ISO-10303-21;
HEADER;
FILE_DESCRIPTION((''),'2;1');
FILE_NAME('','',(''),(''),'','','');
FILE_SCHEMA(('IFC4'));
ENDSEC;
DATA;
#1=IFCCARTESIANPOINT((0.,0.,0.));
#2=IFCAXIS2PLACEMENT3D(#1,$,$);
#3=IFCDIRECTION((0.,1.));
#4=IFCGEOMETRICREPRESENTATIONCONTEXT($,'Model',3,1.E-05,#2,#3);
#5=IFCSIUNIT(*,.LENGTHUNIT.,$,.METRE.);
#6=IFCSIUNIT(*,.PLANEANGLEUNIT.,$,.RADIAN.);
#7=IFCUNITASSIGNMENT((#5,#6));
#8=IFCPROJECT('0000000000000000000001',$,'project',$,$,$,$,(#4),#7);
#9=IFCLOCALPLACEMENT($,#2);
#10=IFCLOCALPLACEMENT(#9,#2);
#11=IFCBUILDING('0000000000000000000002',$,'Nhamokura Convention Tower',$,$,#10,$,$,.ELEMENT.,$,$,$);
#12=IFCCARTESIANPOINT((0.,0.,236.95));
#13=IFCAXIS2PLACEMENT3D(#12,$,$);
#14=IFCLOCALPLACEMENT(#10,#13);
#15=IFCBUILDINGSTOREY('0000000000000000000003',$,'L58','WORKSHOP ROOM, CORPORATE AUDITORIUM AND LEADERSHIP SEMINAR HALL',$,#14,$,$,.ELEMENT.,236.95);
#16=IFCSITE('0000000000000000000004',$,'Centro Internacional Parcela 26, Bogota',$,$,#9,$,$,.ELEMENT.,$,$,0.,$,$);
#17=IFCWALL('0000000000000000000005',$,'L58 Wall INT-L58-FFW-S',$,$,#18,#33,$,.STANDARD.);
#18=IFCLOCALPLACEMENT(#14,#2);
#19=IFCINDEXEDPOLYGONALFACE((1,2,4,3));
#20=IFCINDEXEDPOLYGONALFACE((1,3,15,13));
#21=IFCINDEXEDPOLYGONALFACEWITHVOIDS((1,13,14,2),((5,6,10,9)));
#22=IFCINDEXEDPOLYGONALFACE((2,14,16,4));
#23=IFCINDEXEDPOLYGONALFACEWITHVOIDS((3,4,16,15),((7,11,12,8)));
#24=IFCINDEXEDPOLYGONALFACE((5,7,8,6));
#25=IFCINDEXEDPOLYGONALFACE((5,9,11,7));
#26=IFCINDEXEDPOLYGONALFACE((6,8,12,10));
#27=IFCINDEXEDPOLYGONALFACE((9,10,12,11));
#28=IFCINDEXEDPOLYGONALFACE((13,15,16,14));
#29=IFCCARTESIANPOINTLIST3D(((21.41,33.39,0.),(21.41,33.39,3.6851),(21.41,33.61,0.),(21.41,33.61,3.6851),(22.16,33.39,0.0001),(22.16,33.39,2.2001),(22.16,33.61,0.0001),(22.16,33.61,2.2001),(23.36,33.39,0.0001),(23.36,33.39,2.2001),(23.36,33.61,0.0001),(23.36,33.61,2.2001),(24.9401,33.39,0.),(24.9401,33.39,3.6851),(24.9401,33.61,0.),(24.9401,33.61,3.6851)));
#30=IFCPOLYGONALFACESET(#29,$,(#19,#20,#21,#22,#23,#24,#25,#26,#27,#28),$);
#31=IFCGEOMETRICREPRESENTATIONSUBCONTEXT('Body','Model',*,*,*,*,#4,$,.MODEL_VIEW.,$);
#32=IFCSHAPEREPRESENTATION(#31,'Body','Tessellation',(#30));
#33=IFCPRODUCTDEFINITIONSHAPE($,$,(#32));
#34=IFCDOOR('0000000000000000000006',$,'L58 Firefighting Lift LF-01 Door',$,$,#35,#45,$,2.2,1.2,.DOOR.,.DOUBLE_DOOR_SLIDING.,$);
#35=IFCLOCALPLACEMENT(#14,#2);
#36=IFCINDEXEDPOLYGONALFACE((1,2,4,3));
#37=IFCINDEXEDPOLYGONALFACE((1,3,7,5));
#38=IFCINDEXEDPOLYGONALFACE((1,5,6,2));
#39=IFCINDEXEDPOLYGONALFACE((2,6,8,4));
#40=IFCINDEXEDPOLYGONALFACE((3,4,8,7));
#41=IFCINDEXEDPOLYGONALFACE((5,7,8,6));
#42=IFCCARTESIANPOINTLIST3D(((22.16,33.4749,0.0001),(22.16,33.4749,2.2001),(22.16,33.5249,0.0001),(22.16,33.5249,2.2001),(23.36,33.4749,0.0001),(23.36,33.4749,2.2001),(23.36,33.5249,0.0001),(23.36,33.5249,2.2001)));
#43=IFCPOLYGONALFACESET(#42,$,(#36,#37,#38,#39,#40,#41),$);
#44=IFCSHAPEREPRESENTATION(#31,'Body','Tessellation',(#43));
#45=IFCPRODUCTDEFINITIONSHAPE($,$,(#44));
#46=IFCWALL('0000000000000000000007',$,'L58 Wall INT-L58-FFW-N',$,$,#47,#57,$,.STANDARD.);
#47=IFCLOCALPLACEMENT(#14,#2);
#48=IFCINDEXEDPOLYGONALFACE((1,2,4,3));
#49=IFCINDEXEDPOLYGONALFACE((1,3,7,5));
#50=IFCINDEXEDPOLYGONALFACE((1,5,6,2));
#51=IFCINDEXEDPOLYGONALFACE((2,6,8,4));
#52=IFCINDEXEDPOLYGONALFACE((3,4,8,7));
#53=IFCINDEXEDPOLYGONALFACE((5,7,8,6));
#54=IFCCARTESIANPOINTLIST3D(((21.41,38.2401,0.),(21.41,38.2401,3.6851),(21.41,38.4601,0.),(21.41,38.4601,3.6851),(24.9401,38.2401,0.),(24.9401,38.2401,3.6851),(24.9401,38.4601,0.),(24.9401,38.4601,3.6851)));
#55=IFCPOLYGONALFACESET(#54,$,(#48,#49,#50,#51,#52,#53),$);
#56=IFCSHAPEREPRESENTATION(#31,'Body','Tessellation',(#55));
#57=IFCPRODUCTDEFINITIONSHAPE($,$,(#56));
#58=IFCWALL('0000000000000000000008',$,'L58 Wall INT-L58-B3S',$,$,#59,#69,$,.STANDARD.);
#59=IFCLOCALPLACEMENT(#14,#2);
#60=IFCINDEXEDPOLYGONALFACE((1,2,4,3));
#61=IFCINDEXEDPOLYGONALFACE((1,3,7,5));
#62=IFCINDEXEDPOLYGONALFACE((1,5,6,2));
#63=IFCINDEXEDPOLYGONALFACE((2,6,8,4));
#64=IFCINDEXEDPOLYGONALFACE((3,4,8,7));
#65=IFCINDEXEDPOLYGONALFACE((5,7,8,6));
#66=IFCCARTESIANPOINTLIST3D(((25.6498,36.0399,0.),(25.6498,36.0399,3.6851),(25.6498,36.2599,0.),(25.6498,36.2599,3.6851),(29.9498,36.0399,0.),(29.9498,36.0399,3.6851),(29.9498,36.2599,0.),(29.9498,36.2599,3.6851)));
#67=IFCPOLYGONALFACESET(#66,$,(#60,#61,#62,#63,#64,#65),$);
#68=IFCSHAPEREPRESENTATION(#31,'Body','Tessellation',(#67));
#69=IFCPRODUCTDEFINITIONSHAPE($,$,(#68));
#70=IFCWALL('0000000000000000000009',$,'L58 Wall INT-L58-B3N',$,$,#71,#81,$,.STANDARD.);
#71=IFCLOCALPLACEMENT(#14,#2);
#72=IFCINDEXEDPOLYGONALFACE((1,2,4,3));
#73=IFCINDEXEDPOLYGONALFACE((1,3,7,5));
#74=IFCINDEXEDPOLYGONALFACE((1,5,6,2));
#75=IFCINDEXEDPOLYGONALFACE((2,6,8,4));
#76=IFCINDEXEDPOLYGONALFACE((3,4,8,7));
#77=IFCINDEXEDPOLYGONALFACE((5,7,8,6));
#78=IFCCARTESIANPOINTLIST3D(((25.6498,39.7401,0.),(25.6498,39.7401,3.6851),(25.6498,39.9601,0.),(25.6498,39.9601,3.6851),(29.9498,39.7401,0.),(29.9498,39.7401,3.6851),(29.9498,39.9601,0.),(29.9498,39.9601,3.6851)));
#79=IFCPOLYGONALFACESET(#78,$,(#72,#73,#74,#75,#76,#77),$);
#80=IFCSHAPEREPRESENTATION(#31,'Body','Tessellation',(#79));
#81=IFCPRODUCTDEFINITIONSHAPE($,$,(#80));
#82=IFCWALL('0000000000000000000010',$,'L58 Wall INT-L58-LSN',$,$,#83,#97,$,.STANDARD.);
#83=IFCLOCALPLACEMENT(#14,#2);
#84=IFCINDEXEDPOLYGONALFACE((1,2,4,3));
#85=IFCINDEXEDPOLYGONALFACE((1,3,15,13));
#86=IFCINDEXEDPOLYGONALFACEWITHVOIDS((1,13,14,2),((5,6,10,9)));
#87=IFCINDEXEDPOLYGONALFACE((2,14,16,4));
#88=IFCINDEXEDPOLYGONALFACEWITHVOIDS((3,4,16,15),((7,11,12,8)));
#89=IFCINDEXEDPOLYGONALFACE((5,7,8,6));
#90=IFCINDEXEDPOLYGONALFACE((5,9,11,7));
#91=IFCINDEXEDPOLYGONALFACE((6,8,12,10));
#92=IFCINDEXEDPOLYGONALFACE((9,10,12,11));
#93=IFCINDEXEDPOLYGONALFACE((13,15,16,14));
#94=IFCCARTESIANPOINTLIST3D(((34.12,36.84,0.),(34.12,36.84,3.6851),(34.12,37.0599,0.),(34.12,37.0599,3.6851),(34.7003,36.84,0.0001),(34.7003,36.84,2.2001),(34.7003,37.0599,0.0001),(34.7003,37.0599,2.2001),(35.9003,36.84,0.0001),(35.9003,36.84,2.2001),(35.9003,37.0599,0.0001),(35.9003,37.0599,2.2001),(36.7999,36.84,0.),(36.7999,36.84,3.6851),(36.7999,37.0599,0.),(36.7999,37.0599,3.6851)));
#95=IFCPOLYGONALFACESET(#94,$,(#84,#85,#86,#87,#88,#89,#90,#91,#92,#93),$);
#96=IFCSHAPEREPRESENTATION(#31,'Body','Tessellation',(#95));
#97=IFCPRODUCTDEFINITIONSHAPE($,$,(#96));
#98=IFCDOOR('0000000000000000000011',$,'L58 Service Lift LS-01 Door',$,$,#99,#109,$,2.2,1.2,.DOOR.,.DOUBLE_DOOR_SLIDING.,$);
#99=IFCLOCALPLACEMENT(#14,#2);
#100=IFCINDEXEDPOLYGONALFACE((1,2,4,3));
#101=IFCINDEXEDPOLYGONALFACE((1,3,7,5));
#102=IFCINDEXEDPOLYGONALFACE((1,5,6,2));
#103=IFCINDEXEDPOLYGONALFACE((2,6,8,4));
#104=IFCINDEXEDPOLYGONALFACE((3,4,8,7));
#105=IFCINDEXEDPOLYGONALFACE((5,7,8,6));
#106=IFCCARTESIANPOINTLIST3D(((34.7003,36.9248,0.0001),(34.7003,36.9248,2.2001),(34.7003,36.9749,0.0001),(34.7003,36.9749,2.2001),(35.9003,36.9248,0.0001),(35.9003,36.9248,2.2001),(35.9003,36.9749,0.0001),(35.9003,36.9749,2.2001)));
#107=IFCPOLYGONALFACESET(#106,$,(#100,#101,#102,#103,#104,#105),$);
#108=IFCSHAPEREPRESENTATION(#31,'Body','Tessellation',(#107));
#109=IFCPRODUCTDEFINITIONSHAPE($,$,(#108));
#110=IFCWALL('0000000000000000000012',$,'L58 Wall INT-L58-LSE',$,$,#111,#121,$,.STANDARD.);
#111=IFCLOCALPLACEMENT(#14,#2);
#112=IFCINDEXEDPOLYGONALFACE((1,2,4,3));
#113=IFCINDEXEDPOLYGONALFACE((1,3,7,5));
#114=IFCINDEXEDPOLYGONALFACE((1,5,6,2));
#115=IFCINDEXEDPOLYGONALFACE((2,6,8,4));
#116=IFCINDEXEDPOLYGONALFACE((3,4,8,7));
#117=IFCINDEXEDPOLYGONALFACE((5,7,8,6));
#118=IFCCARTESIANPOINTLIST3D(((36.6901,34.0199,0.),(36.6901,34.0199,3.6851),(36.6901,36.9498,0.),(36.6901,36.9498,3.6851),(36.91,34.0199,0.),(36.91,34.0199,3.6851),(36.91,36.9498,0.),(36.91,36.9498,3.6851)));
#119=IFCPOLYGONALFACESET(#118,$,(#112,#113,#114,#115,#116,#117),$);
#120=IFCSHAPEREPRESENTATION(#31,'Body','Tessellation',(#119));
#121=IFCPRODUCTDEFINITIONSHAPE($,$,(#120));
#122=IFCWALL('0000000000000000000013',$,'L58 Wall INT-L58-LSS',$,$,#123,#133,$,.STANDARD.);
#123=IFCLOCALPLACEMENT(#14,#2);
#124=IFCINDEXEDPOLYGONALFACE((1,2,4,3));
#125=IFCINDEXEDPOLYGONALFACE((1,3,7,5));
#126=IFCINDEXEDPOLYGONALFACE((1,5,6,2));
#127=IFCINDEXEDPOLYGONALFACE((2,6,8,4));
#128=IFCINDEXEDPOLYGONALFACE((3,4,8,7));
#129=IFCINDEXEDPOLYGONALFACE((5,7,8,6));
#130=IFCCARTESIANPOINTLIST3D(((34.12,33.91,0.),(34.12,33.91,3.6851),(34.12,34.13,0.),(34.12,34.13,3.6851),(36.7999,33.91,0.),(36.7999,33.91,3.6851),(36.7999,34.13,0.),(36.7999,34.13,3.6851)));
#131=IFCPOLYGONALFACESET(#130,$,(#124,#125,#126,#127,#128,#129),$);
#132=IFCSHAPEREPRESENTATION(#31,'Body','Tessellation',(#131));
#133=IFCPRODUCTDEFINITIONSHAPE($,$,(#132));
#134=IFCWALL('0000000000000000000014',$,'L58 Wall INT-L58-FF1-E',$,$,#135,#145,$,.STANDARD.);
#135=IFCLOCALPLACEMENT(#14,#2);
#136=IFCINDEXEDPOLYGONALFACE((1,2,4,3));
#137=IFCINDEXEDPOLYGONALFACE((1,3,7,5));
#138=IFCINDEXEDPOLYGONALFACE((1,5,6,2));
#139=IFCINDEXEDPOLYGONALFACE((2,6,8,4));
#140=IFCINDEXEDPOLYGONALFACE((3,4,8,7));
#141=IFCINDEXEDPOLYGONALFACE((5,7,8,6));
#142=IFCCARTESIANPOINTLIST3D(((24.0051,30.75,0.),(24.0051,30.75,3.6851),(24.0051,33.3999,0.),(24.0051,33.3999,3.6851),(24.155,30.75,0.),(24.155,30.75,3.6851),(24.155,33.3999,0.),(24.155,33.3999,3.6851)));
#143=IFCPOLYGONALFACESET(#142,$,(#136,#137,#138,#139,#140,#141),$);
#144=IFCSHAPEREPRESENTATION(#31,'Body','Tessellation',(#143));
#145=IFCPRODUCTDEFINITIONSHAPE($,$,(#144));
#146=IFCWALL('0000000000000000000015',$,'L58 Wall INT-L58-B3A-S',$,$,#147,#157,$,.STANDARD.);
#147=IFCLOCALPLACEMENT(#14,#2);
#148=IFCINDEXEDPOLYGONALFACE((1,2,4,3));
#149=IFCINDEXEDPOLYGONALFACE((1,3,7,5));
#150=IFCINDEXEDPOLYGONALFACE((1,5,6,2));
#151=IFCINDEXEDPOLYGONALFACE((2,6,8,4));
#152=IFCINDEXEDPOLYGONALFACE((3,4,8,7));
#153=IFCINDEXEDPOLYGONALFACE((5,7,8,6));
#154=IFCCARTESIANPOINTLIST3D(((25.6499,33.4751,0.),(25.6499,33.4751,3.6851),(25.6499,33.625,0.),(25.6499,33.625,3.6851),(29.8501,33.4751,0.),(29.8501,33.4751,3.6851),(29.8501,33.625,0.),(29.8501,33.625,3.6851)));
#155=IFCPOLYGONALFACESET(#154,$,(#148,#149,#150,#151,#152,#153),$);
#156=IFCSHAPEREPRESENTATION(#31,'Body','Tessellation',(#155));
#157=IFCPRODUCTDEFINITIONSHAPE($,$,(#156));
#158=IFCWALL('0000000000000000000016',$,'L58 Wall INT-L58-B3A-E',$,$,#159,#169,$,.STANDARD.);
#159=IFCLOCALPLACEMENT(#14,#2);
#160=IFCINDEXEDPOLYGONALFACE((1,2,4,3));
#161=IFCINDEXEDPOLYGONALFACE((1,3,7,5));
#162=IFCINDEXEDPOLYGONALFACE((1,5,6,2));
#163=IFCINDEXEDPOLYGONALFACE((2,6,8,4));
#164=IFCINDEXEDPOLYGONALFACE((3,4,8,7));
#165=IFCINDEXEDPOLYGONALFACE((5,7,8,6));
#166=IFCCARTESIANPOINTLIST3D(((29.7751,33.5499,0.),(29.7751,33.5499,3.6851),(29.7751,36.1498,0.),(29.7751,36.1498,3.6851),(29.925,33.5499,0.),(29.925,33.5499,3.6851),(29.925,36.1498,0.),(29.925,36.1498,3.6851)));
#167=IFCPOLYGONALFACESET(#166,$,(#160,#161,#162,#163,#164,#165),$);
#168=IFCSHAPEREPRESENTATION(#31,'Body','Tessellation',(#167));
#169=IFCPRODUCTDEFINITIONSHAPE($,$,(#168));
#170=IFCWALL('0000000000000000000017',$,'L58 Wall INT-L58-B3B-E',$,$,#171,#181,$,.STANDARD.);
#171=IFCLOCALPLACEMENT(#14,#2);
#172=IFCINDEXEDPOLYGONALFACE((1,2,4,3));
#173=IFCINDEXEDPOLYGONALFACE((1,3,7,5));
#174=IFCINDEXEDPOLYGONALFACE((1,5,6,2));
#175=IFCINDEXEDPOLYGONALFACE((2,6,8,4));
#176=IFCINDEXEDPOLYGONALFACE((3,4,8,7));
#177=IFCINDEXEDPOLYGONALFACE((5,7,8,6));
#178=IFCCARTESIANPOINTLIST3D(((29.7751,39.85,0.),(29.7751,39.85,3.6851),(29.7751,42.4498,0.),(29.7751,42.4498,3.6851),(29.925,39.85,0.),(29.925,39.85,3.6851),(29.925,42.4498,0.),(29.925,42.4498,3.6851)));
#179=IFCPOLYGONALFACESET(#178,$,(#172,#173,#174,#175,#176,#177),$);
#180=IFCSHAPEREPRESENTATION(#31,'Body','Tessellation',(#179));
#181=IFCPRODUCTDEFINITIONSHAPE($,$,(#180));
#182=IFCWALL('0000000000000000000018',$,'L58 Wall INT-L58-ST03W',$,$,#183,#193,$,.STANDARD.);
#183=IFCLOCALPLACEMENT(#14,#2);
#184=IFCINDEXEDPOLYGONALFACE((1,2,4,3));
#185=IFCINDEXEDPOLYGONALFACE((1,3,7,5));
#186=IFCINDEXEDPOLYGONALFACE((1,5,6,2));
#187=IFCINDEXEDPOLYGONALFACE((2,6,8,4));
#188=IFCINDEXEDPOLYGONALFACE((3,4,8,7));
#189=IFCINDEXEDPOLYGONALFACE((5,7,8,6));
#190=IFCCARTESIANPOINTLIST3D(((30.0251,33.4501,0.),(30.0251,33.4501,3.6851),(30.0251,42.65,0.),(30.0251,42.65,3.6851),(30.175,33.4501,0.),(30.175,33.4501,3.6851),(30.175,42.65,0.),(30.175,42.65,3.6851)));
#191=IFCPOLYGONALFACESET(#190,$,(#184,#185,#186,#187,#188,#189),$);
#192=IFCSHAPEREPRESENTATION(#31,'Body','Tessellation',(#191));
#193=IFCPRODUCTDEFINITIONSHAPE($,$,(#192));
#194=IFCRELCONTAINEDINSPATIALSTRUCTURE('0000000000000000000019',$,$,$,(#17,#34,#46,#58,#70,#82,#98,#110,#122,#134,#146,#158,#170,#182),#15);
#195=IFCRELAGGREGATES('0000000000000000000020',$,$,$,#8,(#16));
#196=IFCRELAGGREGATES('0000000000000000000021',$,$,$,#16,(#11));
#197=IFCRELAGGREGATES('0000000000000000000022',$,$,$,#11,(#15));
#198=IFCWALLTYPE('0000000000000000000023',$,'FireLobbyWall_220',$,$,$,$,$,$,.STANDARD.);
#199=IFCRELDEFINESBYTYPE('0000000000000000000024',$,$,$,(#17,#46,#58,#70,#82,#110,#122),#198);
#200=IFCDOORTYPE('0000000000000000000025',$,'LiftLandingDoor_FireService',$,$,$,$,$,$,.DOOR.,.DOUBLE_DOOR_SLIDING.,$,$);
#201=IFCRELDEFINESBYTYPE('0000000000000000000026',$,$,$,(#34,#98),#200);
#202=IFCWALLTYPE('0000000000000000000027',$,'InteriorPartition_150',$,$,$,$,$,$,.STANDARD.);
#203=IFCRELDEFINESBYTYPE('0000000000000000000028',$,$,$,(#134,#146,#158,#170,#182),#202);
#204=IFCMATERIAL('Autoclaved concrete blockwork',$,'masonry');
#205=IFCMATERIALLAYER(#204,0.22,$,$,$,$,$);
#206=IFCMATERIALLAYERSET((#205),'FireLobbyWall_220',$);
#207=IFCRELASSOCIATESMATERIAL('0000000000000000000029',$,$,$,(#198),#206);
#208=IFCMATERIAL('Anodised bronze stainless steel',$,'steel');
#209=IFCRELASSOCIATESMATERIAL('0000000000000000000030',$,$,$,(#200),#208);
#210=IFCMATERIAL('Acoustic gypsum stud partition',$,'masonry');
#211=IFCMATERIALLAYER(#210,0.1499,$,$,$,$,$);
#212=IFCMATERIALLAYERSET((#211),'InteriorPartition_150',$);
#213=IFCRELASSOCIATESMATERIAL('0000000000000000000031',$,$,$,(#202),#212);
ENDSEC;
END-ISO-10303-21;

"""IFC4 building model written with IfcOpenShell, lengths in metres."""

from ifc_helpers import new_model, si_unit, direction, frame, frame_2d, origin, place, context, subcontext, project, spatial, rectangle, extrude, material, layer, layer_set, type_object, element, fill, save


model = new_model("IFC4")

# Units and contexts
model_context = context("Model", 3, precision=1e-05, world=origin(), true_north=direction((0.0, 1.0)))
body_context = subcontext(model_context, "Body", "Model", "MODEL_VIEW")
ifc_project = project(units=[si_unit("LENGTHUNIT", "METRE"), si_unit("PLANEANGLEUNIT", "RADIAN")], contexts=[model_context])

# Site, building, storey
site_placement = place(None, origin())
site = spatial("IfcSite", under=ifc_project, at=site_placement, Name="Centro Internacional Parcela 26, Bogota", CompositionType="ELEMENT", RefElevation=0.0)
building_placement = place(site_placement, origin())
building = spatial("IfcBuilding", under=site, at=building_placement, Name="Nhamokura Convention Tower", CompositionType="ELEMENT")
storey_placement = place(building_placement, frame((0.0, 0.0, 236.95)))
storey = spatial("IfcBuildingStorey", under=building, at=storey_placement, Name="L58", Description="WORKSHOP ROOM, CORPORATE AUDITORIUM AND LEADERSHIP SEMINAR HALL", CompositionType="ELEMENT", Elevation=236.95)

# Wall, opening, door
ifc_material_1 = material(Name="Autoclaved concrete blockwork", Category="masonry")
ifc_layer_1 = layer(ifc_material_1, 0.22)
ifc_layer_set_1 = layer_set([ifc_layer_1], Name="FireLobbyWall_220")
wall_type_1 = type_object("IfcWallType", Name="FireLobbyWall_220", PredefinedType="STANDARD", material=ifc_layer_set_1)
wall_1_placement = place(storey_placement, frame((21.4099, 33.5, 0.0), z_axis=(0.0, 0.0, 1.0), x_axis=(1.0, 0.0, 0.0)))
wall_1 = element("IfcWall", 1, at=wall_1_placement, inside=storey, type_object=wall_type_1, Name="L58 Wall INT-L58-FFW-S", PredefinedType="STANDARD", context=body_context, shape_type="SweptSolid", body=[
    extrude(rectangle(XDim=3.53, YDim=0.22, at=frame_2d((1.7651, 0.0))), origin(), (0.0, 0.0, 1.0), 3.6851),
])
opening_1_placement = place(wall_1_placement, frame((0.75, 0.0, 0.0)))
opening_1 = element("IfcOpeningElement", 2, at=opening_1_placement, cuts=wall_1, PredefinedType="OPENING", context=body_context, shape_type="SweptSolid", body=[
    extrude(rectangle(XDim=1.2, YDim=2.2, at=frame_2d((0.6001, 1.1001))), frame((0.0, 0.1199, 0.0), z_axis=(0.0, -1.0, 0.0), x_axis=(1.0, 0.0, 0.0)), (0.0, 0.0, 1.0), 0.24),
])
ifc_material_2 = material(Name="Anodised bronze stainless steel", Category="steel")
door_type_1 = type_object("IfcDoorType", Name="LiftLandingDoor_FireService", OperationType="DOUBLE_DOOR_SLIDING", PredefinedType="DOOR", material=ifc_material_2)
door_1_placement = place(opening_1_placement, origin())
door_1 = element("IfcDoor", 3, at=door_1_placement, inside=storey, type_object=door_type_1, Name="L58 Firefighting Lift LF-01 Door", OperationType="DOUBLE_DOOR_SLIDING", OverallHeight=2.2, OverallWidth=1.2, PredefinedType="DOOR", context=body_context, shape_type="SweptSolid", body=[
    extrude(rectangle(XDim=1.2, YDim=2.2, at=frame_2d((0.6001, 1.1001))), frame((0.0, 0.0249, 0.0), z_axis=(0.0, -1.0, 0.0), x_axis=(1.0, 0.0, 0.0)), (0.0, 0.0, 1.0), 0.05),
])
fill(opening_1, door_1)

# Walls
wall_2_placement = place(storey_placement, frame((21.4099, 38.3501, 0.0), z_axis=(0.0, 0.0, 1.0), x_axis=(1.0, 0.0, 0.0)))
element("IfcWall", 4, at=wall_2_placement, inside=storey, type_object=wall_type_1, Name="L58 Wall INT-L58-FFW-N", PredefinedType="STANDARD", context=body_context, shape_type="SweptSolid", body=[
    extrude(rectangle(XDim=3.53, YDim=0.22, at=frame_2d((1.7651, 0.0))), origin(), (0.0, 0.0, 1.0), 3.6851),
])
for number, where, z_axis, x_axis, name in (
    (5, (25.6499, 36.1499, 0.0), (0.0, 0.0, 1.0), (1.0, 0.0, 0.0), "L58 Wall INT-L58-B3S"),
    (6, (25.6499, 39.8501, 0.0), (0.0, 0.0, 1.0), (1.0, 0.0, 0.0), "L58 Wall INT-L58-B3N"),
):
    element("IfcWall", number, at=place(storey_placement, frame(where, z_axis=z_axis, x_axis=x_axis)), inside=storey, type_object=wall_type_1, Name=name, PredefinedType="STANDARD", context=body_context, shape_type="SweptSolid", body=[
        extrude(rectangle(XDim=4.3, YDim=0.22, at=frame_2d((2.1499, 0.0))), origin(), (0.0, 0.0, 1.0), 3.6851),
    ])

# Wall, opening, door
wall_3_placement = place(storey_placement, frame((34.1201, 36.95, 0.0), z_axis=(0.0, 0.0, 1.0), x_axis=(1.0, 0.0, 0.0)))
wall_3 = element("IfcWall", 7, at=wall_3_placement, inside=storey, type_object=wall_type_1, Name="L58 Wall INT-L58-LSN", PredefinedType="STANDARD", context=body_context, shape_type="SweptSolid", body=[
    extrude(rectangle(XDim=2.6799, YDim=0.22, at=frame_2d((1.3398, 0.0))), origin(), (0.0, 0.0, 1.0), 3.6851),
])
opening_2_placement = place(wall_3_placement, frame((0.5801, 0.0, 0.0)))
opening_2 = element("IfcOpeningElement", 8, at=opening_2_placement, cuts=wall_3, PredefinedType="OPENING", context=body_context, shape_type="SweptSolid", body=[
    extrude(rectangle(XDim=1.2, YDim=2.2, at=frame_2d((0.6001, 1.1001))), frame((0.0, 0.1199, 0.0), z_axis=(0.0, -1.0, 0.0), x_axis=(1.0, 0.0, 0.0)), (0.0, 0.0, 1.0), 0.24),
])
door_2_placement = place(opening_2_placement, origin())
door_2 = element("IfcDoor", 9, at=door_2_placement, inside=storey, type_object=door_type_1, Name="L58 Service Lift LS-01 Door", OperationType="DOUBLE_DOOR_SLIDING", OverallHeight=2.2, OverallWidth=1.2, PredefinedType="DOOR", context=body_context, shape_type="SweptSolid", body=[
    extrude(rectangle(XDim=1.2, YDim=2.2, at=frame_2d((0.6001, 1.1001))), frame((0.0, 0.0249, 0.0), z_axis=(0.0, -1.0, 0.0), x_axis=(1.0, 0.0, 0.0)), (0.0, 0.0, 1.0), 0.05),
])
fill(opening_2, door_2)

# Walls
wall_4_placement = place(storey_placement, frame((36.8, 34.02, 0.0), z_axis=(0.0, 0.0, 1.0), x_axis=(0.0, 1.0, 0.0)))
element("IfcWall", 10, at=wall_4_placement, inside=storey, type_object=wall_type_1, Name="L58 Wall INT-L58-LSE", PredefinedType="STANDARD", context=body_context, shape_type="SweptSolid", body=[
    extrude(rectangle(XDim=2.9299, YDim=0.22, at=frame_2d((1.4648, 0.0))), origin(), (0.0, 0.0, 1.0), 3.6851),
])
wall_5_placement = place(storey_placement, frame((34.1201, 34.02, 0.0), z_axis=(0.0, 0.0, 1.0), x_axis=(1.0, 0.0, 0.0)))
element("IfcWall", 11, at=wall_5_placement, inside=storey, type_object=wall_type_1, Name="L58 Wall INT-L58-LSS", PredefinedType="STANDARD", context=body_context, shape_type="SweptSolid", body=[
    extrude(rectangle(XDim=2.6799, YDim=0.22, at=frame_2d((1.3398, 0.0))), origin(), (0.0, 0.0, 1.0), 3.6851),
])
ifc_material_3 = material(Name="Acoustic gypsum stud partition", Category="masonry")
ifc_layer_2 = layer(ifc_material_3, 0.1499)
ifc_layer_set_2 = layer_set([ifc_layer_2], Name="InteriorPartition_150")
wall_type_2 = type_object("IfcWallType", Name="InteriorPartition_150", PredefinedType="STANDARD", material=ifc_layer_set_2)
wall_6_placement = place(storey_placement, frame((24.0801, 30.75, 0.0), z_axis=(0.0, 0.0, 1.0), x_axis=(0.0, 1.0, 0.0)))
element("IfcWall", 12, at=wall_6_placement, inside=storey, type_object=wall_type_2, Name="L58 Wall INT-L58-FF1-E", PredefinedType="STANDARD", context=body_context, shape_type="SweptSolid", body=[
    extrude(rectangle(XDim=2.6499, YDim=0.1499, at=frame_2d((1.325, 0.0))), origin(), (0.0, 0.0, 1.0), 3.6851),
])
wall_7_placement = place(storey_placement, frame((25.6499, 33.55, 0.0), z_axis=(0.0, 0.0, 1.0), x_axis=(1.0, 0.0, 0.0)))
element("IfcWall", 13, at=wall_7_placement, inside=storey, type_object=wall_type_2, Name="L58 Wall INT-L58-B3A-S", PredefinedType="STANDARD", context=body_context, shape_type="SweptSolid", body=[
    extrude(rectangle(XDim=4.2002, YDim=0.1499, at=frame_2d((2.1001, 0.0))), origin(), (0.0, 0.0, 1.0), 3.6851),
])
for number, where, z_axis, x_axis, name in (
    (14, (29.8501, 33.55, 0.0), (0.0, 0.0, 1.0), (0.0, 1.0, 0.0), "L58 Wall INT-L58-B3A-E"),
    (15, (29.8501, 39.8501, 0.0), (0.0, 0.0, 1.0), (0.0, 1.0, 0.0), "L58 Wall INT-L58-B3B-E"),
):
    element("IfcWall", number, at=place(storey_placement, frame(where, z_axis=z_axis, x_axis=x_axis)), inside=storey, type_object=wall_type_2, Name=name, PredefinedType="STANDARD", context=body_context, shape_type="SweptSolid", body=[
        extrude(rectangle(XDim=2.5999, YDim=0.1499, at=frame_2d((1.2998, 0.0))), origin(), (0.0, 0.0, 1.0), 3.6851),
    ])
for number, where, z_axis, x_axis, name in (
    (16, (30.1001, 33.45, 0.0), (0.0, 0.0, 1.0), (0.0, 1.0, 0.0), "L58 Wall INT-L58-ST03W"),
):
    element("IfcWall", number, at=place(storey_placement, frame(where, z_axis=z_axis, x_axis=x_axis)), inside=storey, type_object=wall_type_2, Name=name, PredefinedType="STANDARD", context=body_context, shape_type="SweptSolid", body=[
        extrude(rectangle(XDim=9.2, YDim=0.1499, at=frame_2d((4.6001, 0.0))), origin(), (0.0, 0.0, 1.0), 3.6851),
    ])

save(model, "model.ifc")
